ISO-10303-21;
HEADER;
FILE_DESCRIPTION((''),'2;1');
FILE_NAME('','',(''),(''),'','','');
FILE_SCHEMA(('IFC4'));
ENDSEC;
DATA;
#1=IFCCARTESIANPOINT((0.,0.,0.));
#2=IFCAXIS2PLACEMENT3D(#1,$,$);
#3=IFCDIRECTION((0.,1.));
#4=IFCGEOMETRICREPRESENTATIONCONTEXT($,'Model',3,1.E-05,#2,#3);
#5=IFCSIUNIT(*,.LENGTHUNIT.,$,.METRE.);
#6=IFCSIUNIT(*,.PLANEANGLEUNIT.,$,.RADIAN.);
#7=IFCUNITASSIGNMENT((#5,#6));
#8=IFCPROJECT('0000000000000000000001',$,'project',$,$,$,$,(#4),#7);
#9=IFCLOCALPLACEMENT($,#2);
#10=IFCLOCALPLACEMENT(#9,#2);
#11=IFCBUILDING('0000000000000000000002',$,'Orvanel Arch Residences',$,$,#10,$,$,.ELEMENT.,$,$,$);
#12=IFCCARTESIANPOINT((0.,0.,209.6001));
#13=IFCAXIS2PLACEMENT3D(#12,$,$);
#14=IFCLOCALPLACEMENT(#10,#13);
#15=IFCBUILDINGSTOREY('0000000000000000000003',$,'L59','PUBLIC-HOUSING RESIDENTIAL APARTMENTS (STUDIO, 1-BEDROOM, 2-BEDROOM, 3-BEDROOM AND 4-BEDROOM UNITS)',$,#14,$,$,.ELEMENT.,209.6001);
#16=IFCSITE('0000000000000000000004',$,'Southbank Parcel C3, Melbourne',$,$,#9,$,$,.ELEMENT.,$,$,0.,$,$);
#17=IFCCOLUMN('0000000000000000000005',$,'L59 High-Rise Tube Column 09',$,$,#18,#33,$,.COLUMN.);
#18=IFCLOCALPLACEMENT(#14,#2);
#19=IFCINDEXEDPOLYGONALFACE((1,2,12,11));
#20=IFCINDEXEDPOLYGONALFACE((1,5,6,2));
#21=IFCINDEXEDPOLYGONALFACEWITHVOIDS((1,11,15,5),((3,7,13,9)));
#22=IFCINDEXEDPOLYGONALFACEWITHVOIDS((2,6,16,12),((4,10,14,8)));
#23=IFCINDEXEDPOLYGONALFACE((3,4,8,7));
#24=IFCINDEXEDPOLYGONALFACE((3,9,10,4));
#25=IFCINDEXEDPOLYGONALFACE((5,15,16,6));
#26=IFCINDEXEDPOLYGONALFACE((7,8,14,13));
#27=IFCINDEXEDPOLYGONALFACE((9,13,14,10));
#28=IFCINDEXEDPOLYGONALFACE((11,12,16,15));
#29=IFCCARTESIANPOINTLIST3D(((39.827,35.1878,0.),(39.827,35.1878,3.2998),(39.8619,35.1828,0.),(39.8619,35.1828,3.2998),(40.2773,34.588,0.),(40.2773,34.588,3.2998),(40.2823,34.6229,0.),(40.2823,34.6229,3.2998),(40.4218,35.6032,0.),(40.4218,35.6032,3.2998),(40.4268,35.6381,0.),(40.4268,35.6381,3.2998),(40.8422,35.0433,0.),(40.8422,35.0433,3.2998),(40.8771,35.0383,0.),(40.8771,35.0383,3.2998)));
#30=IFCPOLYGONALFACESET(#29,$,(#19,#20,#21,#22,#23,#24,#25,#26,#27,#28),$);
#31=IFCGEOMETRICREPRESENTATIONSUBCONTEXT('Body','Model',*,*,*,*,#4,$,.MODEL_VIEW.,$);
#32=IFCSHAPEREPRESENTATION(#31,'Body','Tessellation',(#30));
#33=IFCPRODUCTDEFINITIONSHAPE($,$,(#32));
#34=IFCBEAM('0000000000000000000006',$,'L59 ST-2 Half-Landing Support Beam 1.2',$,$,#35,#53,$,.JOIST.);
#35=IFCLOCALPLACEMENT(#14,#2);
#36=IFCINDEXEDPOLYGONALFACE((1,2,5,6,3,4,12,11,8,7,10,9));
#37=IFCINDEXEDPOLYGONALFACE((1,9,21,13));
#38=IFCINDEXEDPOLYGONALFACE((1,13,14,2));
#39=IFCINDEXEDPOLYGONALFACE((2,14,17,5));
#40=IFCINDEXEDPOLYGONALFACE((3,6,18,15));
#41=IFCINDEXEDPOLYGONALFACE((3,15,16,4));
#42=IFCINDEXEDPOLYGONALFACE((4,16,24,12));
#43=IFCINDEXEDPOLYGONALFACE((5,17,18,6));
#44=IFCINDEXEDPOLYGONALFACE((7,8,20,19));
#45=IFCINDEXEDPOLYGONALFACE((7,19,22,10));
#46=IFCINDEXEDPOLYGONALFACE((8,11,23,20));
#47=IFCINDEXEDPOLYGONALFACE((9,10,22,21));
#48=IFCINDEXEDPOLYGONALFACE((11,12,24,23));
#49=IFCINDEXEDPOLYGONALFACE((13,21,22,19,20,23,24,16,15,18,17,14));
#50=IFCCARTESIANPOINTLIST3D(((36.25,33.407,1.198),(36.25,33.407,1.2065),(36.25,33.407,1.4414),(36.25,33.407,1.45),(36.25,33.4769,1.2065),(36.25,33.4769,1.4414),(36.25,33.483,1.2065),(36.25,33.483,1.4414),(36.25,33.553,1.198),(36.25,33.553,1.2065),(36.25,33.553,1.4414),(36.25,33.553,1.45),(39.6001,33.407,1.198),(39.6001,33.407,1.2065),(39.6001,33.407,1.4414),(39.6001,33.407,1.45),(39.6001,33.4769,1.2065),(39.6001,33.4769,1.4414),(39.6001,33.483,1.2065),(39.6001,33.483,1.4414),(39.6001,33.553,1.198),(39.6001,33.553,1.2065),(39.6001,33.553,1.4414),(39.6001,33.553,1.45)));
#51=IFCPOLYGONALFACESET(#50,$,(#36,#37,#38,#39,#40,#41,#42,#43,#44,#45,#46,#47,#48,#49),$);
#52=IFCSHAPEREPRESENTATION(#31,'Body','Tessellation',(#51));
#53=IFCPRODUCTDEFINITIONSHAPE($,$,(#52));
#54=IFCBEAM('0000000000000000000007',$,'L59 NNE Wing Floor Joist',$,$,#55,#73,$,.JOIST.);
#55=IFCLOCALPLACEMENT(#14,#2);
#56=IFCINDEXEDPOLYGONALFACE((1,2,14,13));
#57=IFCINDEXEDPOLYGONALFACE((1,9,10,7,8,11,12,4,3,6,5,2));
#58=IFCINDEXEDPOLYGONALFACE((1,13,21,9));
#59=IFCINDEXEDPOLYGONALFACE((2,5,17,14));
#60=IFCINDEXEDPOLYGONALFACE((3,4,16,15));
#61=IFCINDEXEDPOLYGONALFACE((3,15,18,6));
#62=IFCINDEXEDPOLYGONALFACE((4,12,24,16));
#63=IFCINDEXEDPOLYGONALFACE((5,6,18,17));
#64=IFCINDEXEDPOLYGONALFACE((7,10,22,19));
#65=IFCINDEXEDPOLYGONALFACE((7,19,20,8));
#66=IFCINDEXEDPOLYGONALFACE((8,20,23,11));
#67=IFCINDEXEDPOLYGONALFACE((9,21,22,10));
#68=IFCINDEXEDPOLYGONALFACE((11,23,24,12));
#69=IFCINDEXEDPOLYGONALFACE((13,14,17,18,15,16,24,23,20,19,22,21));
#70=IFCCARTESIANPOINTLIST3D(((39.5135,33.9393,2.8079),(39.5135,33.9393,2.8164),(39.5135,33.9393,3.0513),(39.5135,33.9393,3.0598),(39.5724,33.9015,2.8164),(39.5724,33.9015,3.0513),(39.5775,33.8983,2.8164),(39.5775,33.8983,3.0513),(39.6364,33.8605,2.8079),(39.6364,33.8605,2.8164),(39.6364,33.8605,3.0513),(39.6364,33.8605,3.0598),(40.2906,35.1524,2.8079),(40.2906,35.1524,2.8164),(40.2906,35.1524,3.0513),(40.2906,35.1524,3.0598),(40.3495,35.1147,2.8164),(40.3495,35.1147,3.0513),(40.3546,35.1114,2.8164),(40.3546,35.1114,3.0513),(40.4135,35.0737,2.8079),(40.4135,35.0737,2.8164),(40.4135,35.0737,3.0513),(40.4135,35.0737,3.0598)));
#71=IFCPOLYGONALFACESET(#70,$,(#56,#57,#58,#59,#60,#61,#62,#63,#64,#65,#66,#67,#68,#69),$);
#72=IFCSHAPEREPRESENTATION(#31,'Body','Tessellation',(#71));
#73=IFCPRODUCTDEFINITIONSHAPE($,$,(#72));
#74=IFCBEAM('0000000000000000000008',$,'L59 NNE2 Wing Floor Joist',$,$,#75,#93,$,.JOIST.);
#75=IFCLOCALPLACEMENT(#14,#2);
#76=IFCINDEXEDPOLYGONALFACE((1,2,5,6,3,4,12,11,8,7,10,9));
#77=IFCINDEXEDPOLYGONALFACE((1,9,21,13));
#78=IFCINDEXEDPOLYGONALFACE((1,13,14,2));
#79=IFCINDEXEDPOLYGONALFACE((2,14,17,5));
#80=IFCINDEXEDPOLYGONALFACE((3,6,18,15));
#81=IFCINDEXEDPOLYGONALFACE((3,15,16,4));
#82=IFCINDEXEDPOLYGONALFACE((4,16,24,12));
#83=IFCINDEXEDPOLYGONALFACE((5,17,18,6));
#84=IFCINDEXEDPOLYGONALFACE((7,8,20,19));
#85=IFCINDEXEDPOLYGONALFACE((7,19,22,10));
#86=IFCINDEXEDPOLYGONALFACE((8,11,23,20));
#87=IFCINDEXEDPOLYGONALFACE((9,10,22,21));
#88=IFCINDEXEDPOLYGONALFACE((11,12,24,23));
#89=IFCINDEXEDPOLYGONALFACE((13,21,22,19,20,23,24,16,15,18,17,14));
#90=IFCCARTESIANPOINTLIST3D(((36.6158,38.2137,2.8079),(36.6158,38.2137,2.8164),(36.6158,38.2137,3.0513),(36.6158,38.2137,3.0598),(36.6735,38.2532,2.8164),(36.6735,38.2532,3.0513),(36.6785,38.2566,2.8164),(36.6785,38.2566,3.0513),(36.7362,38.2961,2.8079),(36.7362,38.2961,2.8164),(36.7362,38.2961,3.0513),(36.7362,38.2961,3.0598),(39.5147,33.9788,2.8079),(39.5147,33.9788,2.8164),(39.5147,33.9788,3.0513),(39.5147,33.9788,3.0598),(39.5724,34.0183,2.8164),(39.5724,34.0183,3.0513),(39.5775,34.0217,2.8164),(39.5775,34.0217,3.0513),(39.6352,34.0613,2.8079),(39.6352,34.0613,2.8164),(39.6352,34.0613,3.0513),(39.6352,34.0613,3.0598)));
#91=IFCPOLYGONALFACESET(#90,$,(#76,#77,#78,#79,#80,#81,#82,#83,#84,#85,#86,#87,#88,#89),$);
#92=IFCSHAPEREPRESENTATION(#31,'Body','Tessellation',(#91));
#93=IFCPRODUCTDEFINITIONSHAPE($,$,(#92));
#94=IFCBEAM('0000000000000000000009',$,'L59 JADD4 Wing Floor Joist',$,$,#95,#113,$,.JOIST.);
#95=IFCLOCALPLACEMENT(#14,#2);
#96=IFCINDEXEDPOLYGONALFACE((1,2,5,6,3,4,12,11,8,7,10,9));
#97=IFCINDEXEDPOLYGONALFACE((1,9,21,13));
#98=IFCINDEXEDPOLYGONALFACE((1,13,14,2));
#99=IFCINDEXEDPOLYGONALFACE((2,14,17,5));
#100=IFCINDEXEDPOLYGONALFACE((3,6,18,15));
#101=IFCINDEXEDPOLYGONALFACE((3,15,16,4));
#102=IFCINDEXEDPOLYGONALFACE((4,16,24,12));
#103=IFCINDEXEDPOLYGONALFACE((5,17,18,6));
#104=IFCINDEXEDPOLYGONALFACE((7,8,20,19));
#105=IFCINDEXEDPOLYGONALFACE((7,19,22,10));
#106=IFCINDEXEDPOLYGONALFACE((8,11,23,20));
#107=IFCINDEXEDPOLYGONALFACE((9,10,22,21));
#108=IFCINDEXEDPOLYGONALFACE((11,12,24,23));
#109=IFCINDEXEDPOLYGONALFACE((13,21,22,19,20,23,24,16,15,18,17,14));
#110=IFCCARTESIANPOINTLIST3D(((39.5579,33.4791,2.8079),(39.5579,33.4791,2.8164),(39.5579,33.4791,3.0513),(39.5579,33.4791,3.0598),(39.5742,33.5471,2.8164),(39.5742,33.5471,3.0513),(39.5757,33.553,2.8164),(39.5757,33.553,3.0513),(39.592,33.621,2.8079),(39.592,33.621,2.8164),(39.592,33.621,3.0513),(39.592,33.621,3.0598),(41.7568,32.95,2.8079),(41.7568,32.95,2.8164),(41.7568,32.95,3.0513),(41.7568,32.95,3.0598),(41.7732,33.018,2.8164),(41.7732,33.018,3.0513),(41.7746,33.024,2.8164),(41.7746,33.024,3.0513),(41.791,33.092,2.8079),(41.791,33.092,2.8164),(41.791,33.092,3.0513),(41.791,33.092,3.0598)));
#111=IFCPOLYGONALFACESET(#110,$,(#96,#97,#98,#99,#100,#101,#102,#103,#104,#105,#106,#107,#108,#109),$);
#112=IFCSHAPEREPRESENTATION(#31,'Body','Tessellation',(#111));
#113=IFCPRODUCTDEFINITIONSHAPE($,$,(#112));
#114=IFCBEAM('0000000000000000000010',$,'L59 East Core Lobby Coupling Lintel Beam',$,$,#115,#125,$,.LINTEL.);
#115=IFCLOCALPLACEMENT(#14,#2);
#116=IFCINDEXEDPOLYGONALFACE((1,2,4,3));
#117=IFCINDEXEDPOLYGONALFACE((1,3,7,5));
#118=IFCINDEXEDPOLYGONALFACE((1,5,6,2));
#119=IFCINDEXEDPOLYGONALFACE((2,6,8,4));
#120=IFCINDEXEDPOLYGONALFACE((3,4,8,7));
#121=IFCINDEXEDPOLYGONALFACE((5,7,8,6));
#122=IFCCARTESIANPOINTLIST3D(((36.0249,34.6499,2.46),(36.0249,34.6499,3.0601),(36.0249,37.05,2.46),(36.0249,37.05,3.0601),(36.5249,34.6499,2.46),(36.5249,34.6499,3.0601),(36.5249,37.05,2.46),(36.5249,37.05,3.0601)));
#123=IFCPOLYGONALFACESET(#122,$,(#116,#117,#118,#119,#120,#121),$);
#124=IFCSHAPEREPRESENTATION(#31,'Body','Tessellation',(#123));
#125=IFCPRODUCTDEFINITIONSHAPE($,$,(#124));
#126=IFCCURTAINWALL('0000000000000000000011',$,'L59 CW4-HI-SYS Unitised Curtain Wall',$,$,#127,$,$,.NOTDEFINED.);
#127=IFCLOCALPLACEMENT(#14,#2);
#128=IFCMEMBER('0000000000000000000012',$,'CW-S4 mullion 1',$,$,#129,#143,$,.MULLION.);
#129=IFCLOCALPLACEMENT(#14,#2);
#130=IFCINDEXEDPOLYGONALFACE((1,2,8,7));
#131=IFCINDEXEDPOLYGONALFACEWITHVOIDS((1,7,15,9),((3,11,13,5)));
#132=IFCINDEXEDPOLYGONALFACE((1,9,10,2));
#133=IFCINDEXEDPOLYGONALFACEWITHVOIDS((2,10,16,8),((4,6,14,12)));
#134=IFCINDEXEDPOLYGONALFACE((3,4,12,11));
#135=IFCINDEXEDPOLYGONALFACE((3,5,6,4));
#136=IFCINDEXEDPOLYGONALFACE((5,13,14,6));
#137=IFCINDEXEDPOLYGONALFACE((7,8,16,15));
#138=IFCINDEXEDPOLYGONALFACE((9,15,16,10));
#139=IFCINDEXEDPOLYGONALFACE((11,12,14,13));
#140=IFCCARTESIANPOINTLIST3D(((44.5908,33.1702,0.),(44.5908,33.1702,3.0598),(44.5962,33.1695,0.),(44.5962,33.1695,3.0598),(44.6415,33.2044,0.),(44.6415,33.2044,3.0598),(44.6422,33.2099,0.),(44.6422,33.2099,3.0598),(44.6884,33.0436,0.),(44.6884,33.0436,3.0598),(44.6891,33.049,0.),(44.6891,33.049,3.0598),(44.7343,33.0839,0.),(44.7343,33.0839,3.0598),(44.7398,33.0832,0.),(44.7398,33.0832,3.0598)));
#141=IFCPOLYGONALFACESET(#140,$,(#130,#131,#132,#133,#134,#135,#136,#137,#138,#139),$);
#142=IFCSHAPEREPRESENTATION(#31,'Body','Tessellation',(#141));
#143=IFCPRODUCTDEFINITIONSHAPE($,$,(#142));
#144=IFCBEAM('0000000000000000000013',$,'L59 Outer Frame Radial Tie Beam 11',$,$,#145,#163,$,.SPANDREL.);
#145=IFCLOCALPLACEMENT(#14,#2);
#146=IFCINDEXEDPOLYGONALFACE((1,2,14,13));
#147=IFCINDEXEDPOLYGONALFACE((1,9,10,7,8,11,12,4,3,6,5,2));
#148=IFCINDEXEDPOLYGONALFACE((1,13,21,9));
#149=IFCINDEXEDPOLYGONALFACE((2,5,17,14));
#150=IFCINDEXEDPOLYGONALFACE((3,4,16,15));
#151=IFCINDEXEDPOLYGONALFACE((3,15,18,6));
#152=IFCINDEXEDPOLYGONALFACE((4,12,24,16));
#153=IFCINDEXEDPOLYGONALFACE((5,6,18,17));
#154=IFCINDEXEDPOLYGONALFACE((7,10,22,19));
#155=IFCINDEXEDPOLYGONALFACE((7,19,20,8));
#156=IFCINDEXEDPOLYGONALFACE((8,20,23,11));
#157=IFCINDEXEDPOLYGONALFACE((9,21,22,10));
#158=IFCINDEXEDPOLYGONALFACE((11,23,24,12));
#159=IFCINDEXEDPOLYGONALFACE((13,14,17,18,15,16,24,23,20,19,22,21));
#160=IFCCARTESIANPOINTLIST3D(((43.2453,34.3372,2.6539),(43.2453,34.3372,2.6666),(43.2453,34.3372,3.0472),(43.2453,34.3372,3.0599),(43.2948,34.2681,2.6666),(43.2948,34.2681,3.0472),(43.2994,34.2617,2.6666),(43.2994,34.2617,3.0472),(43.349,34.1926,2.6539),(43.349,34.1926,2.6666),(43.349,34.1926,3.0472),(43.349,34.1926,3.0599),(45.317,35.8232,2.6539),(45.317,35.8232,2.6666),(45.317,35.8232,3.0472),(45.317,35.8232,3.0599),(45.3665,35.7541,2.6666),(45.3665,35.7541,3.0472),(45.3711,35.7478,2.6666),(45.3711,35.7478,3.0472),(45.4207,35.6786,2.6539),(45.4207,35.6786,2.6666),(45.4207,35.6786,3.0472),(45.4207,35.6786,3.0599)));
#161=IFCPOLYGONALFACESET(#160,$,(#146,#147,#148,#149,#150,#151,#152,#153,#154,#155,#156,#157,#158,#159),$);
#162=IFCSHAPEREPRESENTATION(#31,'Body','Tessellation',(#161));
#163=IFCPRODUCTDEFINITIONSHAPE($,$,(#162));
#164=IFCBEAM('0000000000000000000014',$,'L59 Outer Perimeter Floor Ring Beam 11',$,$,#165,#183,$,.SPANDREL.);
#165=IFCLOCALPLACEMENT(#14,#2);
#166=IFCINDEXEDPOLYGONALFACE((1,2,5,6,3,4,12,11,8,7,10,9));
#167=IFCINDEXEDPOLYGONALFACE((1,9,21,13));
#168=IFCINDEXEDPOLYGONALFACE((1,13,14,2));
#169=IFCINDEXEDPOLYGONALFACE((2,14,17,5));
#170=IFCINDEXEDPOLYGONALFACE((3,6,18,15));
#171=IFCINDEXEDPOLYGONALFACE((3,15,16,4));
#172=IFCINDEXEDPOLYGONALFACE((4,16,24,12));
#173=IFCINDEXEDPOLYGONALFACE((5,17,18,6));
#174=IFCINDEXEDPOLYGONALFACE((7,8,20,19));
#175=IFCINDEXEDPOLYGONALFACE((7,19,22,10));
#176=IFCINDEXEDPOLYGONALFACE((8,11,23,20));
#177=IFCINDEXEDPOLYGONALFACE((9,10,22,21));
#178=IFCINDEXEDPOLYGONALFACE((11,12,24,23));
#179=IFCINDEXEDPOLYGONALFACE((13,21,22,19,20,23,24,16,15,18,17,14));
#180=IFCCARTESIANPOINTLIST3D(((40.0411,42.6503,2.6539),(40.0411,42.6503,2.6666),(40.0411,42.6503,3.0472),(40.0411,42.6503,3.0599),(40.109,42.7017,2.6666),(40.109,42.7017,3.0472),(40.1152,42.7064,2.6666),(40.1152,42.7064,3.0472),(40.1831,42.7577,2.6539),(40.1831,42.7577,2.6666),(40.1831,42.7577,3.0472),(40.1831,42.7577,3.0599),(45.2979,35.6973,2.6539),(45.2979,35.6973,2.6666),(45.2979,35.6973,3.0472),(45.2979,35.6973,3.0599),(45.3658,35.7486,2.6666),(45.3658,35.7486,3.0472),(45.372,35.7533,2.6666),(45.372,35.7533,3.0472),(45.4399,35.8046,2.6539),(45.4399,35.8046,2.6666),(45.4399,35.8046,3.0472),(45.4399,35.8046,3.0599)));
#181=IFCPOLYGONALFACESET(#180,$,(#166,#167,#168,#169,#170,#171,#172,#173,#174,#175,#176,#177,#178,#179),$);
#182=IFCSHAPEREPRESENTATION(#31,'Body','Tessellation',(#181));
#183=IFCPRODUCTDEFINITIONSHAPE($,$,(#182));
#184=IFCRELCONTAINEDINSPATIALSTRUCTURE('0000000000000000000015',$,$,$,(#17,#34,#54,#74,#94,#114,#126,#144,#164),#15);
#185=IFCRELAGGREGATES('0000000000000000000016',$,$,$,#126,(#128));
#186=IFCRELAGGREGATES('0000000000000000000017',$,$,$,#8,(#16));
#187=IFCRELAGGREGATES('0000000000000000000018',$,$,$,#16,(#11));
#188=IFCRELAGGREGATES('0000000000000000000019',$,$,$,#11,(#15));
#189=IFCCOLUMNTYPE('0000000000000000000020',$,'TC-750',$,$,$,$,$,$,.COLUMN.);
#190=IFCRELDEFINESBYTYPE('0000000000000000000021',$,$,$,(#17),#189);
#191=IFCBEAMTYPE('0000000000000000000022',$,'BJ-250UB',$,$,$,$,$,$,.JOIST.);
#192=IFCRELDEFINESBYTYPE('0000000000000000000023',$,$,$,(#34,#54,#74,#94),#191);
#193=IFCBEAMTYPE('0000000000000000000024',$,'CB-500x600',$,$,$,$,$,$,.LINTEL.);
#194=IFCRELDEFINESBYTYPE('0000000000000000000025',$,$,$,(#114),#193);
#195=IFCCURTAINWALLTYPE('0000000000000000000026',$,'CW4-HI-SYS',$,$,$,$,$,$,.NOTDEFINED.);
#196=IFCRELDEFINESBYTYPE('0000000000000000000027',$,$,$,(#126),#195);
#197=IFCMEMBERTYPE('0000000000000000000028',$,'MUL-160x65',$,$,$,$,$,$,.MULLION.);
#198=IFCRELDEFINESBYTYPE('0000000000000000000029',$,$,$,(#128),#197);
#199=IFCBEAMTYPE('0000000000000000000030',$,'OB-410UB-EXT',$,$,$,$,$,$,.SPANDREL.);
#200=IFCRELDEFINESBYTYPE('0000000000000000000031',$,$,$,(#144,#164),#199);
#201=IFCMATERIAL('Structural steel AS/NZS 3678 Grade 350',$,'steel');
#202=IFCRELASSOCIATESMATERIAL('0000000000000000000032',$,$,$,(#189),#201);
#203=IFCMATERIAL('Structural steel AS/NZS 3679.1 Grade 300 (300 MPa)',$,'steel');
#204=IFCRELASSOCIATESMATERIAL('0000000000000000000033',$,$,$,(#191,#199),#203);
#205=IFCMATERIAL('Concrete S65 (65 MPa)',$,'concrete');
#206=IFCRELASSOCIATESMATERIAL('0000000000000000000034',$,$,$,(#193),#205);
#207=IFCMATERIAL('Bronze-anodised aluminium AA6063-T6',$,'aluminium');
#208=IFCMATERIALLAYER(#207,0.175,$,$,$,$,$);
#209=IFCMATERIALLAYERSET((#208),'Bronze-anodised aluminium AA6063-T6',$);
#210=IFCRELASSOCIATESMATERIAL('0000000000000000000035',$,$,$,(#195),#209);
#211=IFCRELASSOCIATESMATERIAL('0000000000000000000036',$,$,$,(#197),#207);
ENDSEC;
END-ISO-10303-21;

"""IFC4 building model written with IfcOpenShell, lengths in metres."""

from ifc_helpers import new_model, si_unit, direction, frame, origin, origin_2d, place, context, subcontext, project, spatial, rectangle, hollow_rectangle, i_section, extrude, material, layer, layer_set, material_profile, profile_set, type_object, element, aggregate, save


model = new_model("IFC4")

# Units and contexts
model_context = context("Model", 3, precision=1e-05, world=origin(), true_north=direction((0.0, 1.0)))
body_context = subcontext(model_context, "Body", "Model", "MODEL_VIEW")
ifc_project = project(units=[si_unit("LENGTHUNIT", "METRE"), si_unit("PLANEANGLEUNIT", "RADIAN")], contexts=[model_context])

# Site, building, storey
site_placement = place(None, origin())
site = spatial("IfcSite", under=ifc_project, at=site_placement, Name="Southbank Parcel C3, Melbourne", CompositionType="ELEMENT", RefElevation=0.0)
building_placement = place(site_placement, origin())
building = spatial("IfcBuilding", under=site, at=building_placement, Name="Orvanel Arch Residences", CompositionType="ELEMENT")
storey_placement = place(building_placement, frame((0.0, 0.0, 209.6001)))
storey = spatial("IfcBuildingStorey", under=building, at=storey_placement, Name="L59", Description="PUBLIC-HOUSING RESIDENTIAL APARTMENTS (STUDIO, 1-BEDROOM, 2-BEDROOM, 3-BEDROOM AND 4-BEDROOM UNITS)", CompositionType="ELEMENT", Elevation=209.6001)

# Column
ifc_material_1 = material(Name="Structural steel AS/NZS 3678 Grade 350", Category="steel")
ifc_material_profile_1 = material_profile(ifc_material_1, hollow_rectangle(XDim=0.75, YDim=0.75, WallThickness=0.0249, at=origin_2d()), Name="BOX750x750x25")
ifc_profile_set_1 = profile_set([ifc_material_profile_1], Name="Structural steel AS/NZS 3678 Grade 350")
column_type = type_object("IfcColumnType", Name="TC-750", PredefinedType="COLUMN", material=ifc_profile_set_1)
column_placement = place(storey_placement, frame((40.3521, 35.113, 0.0), z_axis=(0.0, 0.0, 1.0), x_axis=(-0.60042, 0.799685, 0.0)))
element("IfcColumn", 1, at=column_placement, inside=storey, type_object=column_type, Name="L59 High-Rise Tube Column 09", PredefinedType="COLUMN", context=body_context, shape_type="SweptSolid", body=[
    extrude(hollow_rectangle(XDim=0.75, YDim=0.75, WallThickness=0.0249, at=origin_2d()), origin(), (0.0, 0.0, 1.0), 3.2998),
])

# Beams
ifc_material_2 = material(Name="Structural steel AS/NZS 3679.1 Grade 300 (300 MPa)", Category="steel")
ifc_material_profile_2 = material_profile(ifc_material_2, i_section(OverallWidth=0.146, OverallDepth=0.252, WebThickness=0.0061, FlangeThickness=0.0085, at=origin_2d()), Name="250UB31.4")
ifc_profile_set_2 = profile_set([ifc_material_profile_2], Name="Structural steel AS/NZS 3679.1 Grade 300 (300 MPa)")
beam_type_1 = type_object("IfcBeamType", Name="BJ-250UB", PredefinedType="JOIST", material=ifc_profile_set_2)
beam_1_placement = place(storey_placement, frame((36.25, 33.48, 1.324), z_axis=(1.0, 0.0, 0.0), x_axis=(0.0, 1.0, 0.0)))
element("IfcBeam", 2, at=beam_1_placement, inside=storey, type_object=beam_type_1, Name="L59 ST-2 Half-Landing Support Beam 1.2", PredefinedType="JOIST", context=body_context, shape_type="SweptSolid", body=[
    extrude(i_section(OverallWidth=0.146, OverallDepth=0.252, WebThickness=0.0061, FlangeThickness=0.0085, at=origin_2d()), origin(), (0.0, 0.0, 1.0), 3.3501),
])
beam_2_placement = place(storey_placement, frame((39.575, 33.8999, 2.9338), z_axis=(0.539395, 0.842053, 0.0), x_axis=(-0.842053, 0.539395, 0.0)))
element("IfcBeam", 3, at=beam_2_placement, inside=storey, type_object=beam_type_1, Name="L59 NNE Wing Floor Joist", PredefinedType="JOIST", context=body_context, shape_type="SweptSolid", body=[
    extrude(i_section(OverallWidth=0.146, OverallDepth=0.252, WebThickness=0.0061, FlangeThickness=0.0085, at=origin_2d()), origin(), (0.0, 0.0, 1.0), 1.4407),
])
beam_3_placement = place(storey_placement, frame((39.575, 34.02, 2.9338), z_axis=(-0.564868, 0.825181, 0.0), x_axis=(-0.825181, -0.564868, 0.0)))
element("IfcBeam", 4, at=beam_3_placement, inside=storey, type_object=beam_type_1, Name="L59 NNE2 Wing Floor Joist", PredefinedType="JOIST", context=body_context, shape_type="SweptSolid", body=[
    extrude(i_section(OverallWidth=0.146, OverallDepth=0.252, WebThickness=0.0061, FlangeThickness=0.0085, at=origin_2d()), origin(), (0.0, 0.0, 1.0), 5.1321),
])
beam_4_placement = place(storey_placement, frame((39.575, 33.55, 2.9338), z_axis=(0.972257, -0.233916, 0.0), x_axis=(0.233916, 0.972257, 0.0)))
element("IfcBeam", 5, at=beam_4_placement, inside=storey, type_object=beam_type_1, Name="L59 JADD4 Wing Floor Joist", PredefinedType="JOIST", context=body_context, shape_type="SweptSolid", body=[
    extrude(i_section(OverallWidth=0.146, OverallDepth=0.252, WebThickness=0.0061, FlangeThickness=0.0085, at=origin_2d()), origin(), (0.0, 0.0, 1.0), 2.2617),
])
ifc_material_3 = material(Name="Concrete S65 (65 MPa)", Category="concrete")
ifc_material_profile_3 = material_profile(ifc_material_3, rectangle(XDim=0.5, YDim=0.6001, at=origin_2d()), Name="RC500x600")
ifc_profile_set_3 = profile_set([ifc_material_profile_3], Name="Concrete S65 (65 MPa)")
beam_type_2 = type_object("IfcBeamType", Name="CB-500x600", PredefinedType="LINTEL", material=ifc_profile_set_3)
beam_5_placement = place(storey_placement, frame((36.2749, 34.6499, 2.76), z_axis=(0.0, 1.0, 0.0), x_axis=(-1.0, 0.0, 0.0)))
element("IfcBeam", 6, at=beam_5_placement, inside=storey, type_object=beam_type_2, Name="L59 East Core Lobby Coupling Lintel Beam", PredefinedType="LINTEL", context=body_context, shape_type="SweptSolid", body=[
    extrude(rectangle(XDim=0.5, YDim=0.6001, at=origin_2d()), origin(), (0.0, 0.0, 1.0), 2.4001),
])

# Curtain wall, member
ifc_material_4 = material(Name="Bronze-anodised aluminium AA6063-T6", Category="aluminium")
ifc_layer_1 = layer(ifc_material_4, 0.175)
ifc_layer_set_1 = layer_set([ifc_layer_1], Name="Bronze-anodised aluminium AA6063-T6")
curtain_wall_type = type_object("IfcCurtainWallType", Name="CW4-HI-SYS", PredefinedType="NOTDEFINED", material=ifc_layer_set_1)
curtain_wall_placement = place(storey_placement, origin())
curtain_wall = element("IfcCurtainWall", 7, at=curtain_wall_placement, inside=storey, type_object=curtain_wall_type, Name="L59 CW4-HI-SYS Unitised Curtain Wall", PredefinedType="NOTDEFINED")
ifc_material_profile_4 = material_profile(ifc_material_4, hollow_rectangle(XDim=0.0649, YDim=0.1599, WallThickness=0.0039, at=origin_2d()), Name="ALU160x65x4")
ifc_profile_set_4 = profile_set([ifc_material_profile_4], Name="Bronze-anodised aluminium AA6063-T6")
member_type_1 = type_object("IfcMemberType", Name="MUL-160x65", PredefinedType="MULLION", material=ifc_profile_set_4)
member_1_placement = place(storey_placement, frame((44.6653, 33.1267, 0.0), z_axis=(0.0, 0.0, 1.0), x_axis=(-0.792151, -0.610325, 0.0)))
member_1 = element("IfcMember", 8, at=member_1_placement, type_object=member_type_1, Name="CW-S4 mullion 1", PredefinedType="MULLION", context=body_context, shape_type="SweptSolid", body=[
    extrude(hollow_rectangle(XDim=0.0649, YDim=0.1599, WallThickness=0.0039, at=origin_2d()), origin(), (0.0, 0.0, 1.0), 3.0598),
])

# Beams
ifc_material_profile_5 = material_profile(ifc_material_2, i_section(OverallWidth=0.178, OverallDepth=0.406, WebThickness=0.0078, FlangeThickness=0.0127, at=origin_2d()), Name="410UB59.7")
ifc_profile_set_5 = profile_set([ifc_material_profile_5], Name="Structural steel AS/NZS 3679.1 Grade 300 (300 MPa)")
beam_type_3 = type_object("IfcBeamType", Name="OB-410UB-EXT", PredefinedType="SPANDREL", material=ifc_profile_set_5)
beam_6_placement = place(storey_placement, frame((43.2971, 34.2649, 2.8569), z_axis=(0.812574, 0.582858, 0.0), x_axis=(-0.582858, 0.812574, 0.0)))
element("IfcBeam", 9, at=beam_6_placement, inside=storey, type_object=beam_type_3, Name="L59 Outer Frame Radial Tie Beam 11", PredefinedType="SPANDREL", context=body_context, shape_type="SweptSolid", body=[
    extrude(i_section(OverallWidth=0.178, OverallDepth=0.406, WebThickness=0.0078, FlangeThickness=0.0127, at=origin_2d()), origin(), (0.0, 0.0, 1.0), 2.5496),
])
beam_7_placement = place(storey_placement, frame((45.3689, 35.751, 2.8569), z_axis=(-0.603079, 0.797682, 0.0), x_axis=(-0.797682, -0.603079, 0.0)))
element("IfcBeam", 10, at=beam_7_placement, inside=storey, type_object=beam_type_3, Name="L59 Outer Perimeter Floor Ring Beam 11", PredefinedType="SPANDREL", context=body_context, shape_type="SweptSolid", body=[
    extrude(i_section(OverallWidth=0.178, OverallDepth=0.406, WebThickness=0.0078, FlangeThickness=0.0127, at=origin_2d()), origin(), (0.0, 0.0, 1.0), 8.7166),
])

aggregate(curtain_wall, [member_1])

save(model, "model.ifc")
